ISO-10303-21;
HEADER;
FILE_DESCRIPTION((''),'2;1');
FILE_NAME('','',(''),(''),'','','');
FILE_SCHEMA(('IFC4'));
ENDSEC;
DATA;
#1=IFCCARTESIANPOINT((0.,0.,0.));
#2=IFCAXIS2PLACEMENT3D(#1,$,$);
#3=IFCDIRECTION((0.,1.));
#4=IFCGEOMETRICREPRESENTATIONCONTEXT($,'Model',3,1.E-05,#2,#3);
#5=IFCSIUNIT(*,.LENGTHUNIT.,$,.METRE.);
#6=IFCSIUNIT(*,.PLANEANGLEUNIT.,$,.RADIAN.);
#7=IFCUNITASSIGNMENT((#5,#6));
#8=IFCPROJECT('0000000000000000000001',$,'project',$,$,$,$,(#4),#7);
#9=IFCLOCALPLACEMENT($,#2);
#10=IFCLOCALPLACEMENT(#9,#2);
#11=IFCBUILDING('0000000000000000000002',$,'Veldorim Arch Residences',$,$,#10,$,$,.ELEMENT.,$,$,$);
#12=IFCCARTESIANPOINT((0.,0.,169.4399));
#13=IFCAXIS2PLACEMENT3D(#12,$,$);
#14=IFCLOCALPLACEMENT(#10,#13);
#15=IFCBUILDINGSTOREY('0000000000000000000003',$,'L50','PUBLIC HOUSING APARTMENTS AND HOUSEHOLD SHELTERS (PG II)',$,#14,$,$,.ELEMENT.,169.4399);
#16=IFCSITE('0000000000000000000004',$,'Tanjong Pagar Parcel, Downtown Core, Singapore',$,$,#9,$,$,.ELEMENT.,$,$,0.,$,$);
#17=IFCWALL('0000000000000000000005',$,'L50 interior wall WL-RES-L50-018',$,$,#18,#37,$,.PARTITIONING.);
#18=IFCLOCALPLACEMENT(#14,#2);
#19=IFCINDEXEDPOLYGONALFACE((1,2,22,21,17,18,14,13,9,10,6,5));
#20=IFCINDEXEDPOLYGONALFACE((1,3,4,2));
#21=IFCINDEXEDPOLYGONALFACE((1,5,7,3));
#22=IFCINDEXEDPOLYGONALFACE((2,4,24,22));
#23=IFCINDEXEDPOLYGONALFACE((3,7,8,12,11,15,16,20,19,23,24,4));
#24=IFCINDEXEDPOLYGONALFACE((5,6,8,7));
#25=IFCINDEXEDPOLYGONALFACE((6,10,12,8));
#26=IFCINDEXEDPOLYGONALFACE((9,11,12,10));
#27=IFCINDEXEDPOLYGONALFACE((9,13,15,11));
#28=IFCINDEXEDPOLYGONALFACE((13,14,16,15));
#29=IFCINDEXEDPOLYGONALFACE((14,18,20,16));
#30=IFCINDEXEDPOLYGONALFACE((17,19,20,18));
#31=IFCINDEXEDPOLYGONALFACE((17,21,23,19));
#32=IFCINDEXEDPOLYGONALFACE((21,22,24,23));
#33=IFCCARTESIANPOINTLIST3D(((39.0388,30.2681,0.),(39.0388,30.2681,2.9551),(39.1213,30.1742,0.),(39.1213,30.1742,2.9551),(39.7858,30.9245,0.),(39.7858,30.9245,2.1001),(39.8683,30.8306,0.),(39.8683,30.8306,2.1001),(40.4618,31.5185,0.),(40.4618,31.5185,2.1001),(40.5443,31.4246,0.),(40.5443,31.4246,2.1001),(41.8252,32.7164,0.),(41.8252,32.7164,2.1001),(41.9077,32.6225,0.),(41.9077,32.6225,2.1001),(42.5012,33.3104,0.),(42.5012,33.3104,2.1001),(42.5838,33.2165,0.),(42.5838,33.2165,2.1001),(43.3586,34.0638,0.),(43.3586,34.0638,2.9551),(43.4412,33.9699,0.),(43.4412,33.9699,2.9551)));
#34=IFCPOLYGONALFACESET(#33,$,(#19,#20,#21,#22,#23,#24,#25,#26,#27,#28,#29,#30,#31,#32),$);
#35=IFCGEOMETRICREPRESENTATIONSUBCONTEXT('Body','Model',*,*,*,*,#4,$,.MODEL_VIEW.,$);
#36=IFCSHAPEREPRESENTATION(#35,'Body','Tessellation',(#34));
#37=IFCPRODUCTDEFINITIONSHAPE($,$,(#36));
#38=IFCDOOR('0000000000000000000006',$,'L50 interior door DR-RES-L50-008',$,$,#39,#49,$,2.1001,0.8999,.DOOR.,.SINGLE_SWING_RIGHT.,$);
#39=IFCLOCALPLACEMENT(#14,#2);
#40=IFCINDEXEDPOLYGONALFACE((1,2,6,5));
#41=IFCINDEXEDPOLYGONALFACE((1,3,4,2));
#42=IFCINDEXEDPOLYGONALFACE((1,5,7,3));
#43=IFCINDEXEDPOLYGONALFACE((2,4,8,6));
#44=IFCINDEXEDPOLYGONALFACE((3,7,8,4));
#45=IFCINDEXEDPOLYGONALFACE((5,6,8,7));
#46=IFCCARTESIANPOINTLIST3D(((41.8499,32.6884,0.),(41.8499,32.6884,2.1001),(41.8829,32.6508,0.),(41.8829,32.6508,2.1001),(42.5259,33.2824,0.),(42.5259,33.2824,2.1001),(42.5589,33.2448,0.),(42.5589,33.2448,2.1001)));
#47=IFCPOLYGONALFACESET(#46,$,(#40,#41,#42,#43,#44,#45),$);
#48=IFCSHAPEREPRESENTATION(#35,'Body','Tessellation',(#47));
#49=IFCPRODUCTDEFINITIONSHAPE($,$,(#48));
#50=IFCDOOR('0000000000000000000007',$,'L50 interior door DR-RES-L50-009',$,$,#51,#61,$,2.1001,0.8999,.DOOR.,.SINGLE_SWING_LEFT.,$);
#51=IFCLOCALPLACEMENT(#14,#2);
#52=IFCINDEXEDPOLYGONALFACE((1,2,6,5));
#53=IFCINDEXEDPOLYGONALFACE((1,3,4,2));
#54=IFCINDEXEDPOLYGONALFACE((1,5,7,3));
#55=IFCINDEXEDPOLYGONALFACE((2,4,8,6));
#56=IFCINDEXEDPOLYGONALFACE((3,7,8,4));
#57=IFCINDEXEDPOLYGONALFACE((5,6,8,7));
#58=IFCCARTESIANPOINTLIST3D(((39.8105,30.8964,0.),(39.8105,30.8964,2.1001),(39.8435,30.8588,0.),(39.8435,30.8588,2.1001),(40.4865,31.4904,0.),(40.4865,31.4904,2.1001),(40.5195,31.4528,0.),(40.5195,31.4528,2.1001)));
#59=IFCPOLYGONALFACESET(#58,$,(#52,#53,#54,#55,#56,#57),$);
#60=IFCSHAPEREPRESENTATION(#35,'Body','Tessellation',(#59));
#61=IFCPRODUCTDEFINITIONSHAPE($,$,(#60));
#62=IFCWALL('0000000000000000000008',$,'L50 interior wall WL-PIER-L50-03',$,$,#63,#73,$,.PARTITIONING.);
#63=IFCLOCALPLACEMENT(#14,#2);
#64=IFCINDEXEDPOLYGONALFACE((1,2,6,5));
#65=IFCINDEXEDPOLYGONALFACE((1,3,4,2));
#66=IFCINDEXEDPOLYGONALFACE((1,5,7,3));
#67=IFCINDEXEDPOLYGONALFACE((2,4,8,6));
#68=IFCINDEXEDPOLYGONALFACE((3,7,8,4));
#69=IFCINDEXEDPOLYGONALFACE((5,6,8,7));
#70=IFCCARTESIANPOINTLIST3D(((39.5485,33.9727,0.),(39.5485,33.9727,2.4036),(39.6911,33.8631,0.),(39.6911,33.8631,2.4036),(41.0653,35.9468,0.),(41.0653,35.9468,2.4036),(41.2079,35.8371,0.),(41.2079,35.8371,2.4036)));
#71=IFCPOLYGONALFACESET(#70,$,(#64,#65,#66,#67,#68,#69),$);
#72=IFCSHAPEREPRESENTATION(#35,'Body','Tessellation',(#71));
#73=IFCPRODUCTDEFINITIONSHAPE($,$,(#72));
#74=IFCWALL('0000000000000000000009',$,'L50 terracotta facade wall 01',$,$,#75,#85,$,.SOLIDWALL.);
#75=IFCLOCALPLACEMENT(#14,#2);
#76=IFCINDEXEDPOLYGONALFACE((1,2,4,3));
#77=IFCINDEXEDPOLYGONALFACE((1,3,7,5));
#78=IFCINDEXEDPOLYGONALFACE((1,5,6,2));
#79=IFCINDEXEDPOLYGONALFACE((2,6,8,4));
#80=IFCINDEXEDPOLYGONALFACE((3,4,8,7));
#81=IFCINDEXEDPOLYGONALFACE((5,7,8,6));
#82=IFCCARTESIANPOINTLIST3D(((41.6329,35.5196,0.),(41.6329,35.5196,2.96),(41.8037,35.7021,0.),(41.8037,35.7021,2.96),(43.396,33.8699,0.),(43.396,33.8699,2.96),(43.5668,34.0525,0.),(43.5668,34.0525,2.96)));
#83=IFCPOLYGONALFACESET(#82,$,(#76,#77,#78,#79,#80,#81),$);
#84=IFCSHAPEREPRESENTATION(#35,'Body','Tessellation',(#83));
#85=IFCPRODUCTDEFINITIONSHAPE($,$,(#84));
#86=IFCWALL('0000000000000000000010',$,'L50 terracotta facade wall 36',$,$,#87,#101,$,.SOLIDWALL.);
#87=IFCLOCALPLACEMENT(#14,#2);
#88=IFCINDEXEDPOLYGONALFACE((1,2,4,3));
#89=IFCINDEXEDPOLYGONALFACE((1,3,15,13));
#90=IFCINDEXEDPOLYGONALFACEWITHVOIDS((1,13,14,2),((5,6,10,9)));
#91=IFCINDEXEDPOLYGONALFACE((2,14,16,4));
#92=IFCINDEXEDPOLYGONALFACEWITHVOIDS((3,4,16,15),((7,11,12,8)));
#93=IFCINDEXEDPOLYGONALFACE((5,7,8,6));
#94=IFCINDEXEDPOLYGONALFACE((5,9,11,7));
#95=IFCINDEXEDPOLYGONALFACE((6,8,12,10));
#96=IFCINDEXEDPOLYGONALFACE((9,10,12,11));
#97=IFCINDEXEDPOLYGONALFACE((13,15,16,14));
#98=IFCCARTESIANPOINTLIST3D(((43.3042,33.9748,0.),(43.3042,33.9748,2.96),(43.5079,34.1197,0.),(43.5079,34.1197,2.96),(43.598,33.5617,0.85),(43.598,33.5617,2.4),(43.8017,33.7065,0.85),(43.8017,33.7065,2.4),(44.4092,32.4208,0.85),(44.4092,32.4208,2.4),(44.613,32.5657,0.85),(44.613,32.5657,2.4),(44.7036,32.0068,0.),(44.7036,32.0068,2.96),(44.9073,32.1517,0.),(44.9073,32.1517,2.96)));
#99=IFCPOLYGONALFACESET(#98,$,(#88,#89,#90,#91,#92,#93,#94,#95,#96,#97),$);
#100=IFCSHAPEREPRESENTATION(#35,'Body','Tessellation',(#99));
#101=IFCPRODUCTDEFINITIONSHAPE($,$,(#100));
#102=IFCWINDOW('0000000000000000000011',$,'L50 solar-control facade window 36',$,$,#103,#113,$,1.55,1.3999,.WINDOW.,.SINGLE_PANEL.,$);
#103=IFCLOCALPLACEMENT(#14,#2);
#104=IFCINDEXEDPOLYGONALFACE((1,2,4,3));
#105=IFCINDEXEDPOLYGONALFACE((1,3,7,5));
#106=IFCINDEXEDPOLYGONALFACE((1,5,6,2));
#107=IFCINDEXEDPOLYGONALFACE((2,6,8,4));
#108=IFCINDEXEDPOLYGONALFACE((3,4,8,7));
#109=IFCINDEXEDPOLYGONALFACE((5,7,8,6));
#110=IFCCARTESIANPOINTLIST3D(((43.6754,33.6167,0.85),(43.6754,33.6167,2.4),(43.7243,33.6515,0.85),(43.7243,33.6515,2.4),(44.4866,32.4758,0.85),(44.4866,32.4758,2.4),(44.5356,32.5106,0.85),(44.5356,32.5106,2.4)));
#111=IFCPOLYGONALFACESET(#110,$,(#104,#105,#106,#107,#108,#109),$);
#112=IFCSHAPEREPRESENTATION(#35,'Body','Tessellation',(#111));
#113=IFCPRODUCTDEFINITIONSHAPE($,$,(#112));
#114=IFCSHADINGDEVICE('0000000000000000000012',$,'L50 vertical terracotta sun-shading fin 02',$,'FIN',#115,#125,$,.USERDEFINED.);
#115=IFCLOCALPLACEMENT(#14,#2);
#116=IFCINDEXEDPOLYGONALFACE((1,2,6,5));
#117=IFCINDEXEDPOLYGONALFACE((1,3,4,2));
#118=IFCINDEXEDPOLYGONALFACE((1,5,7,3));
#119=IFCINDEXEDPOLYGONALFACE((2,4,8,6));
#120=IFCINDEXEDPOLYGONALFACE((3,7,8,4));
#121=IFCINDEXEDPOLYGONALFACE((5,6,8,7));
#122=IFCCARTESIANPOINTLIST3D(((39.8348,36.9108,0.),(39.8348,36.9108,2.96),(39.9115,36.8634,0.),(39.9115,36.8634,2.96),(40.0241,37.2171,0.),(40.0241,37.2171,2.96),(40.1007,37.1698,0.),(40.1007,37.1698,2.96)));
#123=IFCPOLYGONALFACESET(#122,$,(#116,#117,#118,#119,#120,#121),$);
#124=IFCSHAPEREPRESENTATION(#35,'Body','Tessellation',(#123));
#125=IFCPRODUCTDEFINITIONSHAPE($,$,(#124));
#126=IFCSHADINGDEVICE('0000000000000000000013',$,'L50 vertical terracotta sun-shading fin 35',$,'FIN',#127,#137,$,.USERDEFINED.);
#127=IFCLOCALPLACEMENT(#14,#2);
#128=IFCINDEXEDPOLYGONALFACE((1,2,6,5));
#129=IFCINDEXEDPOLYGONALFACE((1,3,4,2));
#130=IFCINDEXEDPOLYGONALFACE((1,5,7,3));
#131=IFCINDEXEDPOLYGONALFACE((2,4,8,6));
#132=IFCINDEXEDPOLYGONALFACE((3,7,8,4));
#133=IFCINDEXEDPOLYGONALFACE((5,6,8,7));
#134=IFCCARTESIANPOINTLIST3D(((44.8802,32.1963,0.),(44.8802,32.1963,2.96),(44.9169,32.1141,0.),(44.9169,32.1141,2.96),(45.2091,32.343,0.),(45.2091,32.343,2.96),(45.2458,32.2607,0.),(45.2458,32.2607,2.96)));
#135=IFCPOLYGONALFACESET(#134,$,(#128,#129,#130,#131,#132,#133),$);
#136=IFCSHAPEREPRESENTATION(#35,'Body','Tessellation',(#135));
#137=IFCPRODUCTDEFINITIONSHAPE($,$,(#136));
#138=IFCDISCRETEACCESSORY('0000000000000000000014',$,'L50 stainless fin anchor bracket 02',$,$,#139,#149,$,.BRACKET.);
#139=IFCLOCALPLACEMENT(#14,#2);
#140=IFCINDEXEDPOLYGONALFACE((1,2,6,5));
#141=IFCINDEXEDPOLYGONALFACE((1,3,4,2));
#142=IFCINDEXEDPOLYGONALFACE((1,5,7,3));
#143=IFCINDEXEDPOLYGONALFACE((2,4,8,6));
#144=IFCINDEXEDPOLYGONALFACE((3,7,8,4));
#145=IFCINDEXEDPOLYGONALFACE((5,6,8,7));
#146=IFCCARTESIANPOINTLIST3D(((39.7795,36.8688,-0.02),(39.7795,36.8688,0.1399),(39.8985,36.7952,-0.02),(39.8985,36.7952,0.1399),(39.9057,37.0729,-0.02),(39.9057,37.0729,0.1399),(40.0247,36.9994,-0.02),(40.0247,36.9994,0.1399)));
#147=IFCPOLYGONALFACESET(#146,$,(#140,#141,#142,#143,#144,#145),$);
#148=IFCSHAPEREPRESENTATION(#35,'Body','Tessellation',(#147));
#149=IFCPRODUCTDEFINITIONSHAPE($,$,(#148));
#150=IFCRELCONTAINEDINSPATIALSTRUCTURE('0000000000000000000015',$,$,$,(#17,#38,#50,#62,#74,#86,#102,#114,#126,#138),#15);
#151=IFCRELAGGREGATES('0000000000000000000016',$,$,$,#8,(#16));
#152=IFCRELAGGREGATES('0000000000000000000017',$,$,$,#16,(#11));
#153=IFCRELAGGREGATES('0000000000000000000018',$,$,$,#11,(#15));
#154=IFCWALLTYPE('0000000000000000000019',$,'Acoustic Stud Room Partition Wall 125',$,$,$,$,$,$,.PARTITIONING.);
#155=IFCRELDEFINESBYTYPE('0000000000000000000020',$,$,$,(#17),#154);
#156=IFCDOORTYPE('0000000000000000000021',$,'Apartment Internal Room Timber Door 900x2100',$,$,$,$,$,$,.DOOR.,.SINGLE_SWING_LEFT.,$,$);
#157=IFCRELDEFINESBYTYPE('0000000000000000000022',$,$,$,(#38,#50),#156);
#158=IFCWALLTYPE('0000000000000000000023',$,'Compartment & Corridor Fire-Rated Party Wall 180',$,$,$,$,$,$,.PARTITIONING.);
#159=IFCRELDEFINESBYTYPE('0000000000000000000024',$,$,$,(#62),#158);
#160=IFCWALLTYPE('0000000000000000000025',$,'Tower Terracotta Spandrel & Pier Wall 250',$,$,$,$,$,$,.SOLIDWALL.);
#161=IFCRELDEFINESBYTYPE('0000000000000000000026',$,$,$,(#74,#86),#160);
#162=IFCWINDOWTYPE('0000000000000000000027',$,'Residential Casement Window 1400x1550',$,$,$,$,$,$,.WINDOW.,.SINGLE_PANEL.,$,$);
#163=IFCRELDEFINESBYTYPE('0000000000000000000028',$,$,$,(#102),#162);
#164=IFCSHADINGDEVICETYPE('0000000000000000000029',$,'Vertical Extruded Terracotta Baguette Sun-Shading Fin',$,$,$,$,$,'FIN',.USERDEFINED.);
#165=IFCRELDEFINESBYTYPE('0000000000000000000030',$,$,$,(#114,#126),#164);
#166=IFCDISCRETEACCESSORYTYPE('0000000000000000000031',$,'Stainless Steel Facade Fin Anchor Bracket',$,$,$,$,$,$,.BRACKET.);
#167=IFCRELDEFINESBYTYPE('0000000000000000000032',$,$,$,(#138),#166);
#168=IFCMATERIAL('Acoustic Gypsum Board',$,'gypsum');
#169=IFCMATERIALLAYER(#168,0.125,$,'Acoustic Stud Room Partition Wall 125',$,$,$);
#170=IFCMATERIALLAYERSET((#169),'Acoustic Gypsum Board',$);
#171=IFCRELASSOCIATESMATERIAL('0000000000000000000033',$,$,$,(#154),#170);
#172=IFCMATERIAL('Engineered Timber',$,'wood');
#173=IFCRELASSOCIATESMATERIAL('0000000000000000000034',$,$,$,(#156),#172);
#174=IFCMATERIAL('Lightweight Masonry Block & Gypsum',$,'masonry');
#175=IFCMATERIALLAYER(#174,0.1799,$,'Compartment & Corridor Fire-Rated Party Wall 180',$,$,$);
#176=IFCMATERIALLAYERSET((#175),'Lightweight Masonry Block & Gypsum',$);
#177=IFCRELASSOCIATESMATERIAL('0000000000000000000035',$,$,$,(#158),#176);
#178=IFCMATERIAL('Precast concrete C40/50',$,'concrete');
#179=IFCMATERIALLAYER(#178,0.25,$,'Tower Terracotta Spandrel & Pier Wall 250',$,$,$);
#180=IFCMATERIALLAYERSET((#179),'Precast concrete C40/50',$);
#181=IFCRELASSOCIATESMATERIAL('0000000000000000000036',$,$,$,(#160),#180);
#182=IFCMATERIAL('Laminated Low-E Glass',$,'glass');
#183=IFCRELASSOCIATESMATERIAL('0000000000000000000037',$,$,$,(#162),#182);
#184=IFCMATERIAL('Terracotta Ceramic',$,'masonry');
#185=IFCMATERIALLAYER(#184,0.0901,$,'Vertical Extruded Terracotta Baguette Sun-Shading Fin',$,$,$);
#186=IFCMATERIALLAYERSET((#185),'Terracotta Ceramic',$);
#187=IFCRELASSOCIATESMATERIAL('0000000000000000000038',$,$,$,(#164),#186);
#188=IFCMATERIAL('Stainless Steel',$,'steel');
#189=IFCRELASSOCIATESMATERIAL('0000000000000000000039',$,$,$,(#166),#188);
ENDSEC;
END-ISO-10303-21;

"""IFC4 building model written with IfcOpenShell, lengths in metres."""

from ifc_helpers import new_model, si_unit, direction, frame, frame_2d, origin, origin_2d, place, context, subcontext, project, spatial, rectangle, extrude, material, layer, layer_set, type_object, element, fill, save


model = new_model("IFC4")

# Units and contexts
model_context = context("Model", 3, precision=1e-05, world=origin(), true_north=direction((0.0, 1.0)))
body_context = subcontext(model_context, "Body", "Model", "MODEL_VIEW")
ifc_project = project(units=[si_unit("LENGTHUNIT", "METRE"), si_unit("PLANEANGLEUNIT", "RADIAN")], contexts=[model_context])

# Site, building, storey
site_placement = place(None, origin())
site = spatial("IfcSite", under=ifc_project, at=site_placement, Name="Tanjong Pagar Parcel, Downtown Core, Singapore", CompositionType="ELEMENT", RefElevation=0.0)
building_placement = place(site_placement, origin())
building = spatial("IfcBuilding", under=site, at=building_placement, Name="Veldorim Arch Residences", CompositionType="ELEMENT")
storey_placement = place(building_placement, frame((0.0, 0.0, 169.4399)))
storey = spatial("IfcBuildingStorey", under=building, at=storey_placement, Name="L50", Description="PUBLIC HOUSING APARTMENTS AND HOUSEHOLD SHELTERS (PG II)", CompositionType="ELEMENT", Elevation=169.4399)

# Wall, openings, doors
ifc_material_1 = material(Name="Acoustic Gypsum Board", Category="gypsum")
ifc_layer_1 = layer(ifc_material_1, 0.125, Name="Acoustic Stud Room Partition Wall 125")
ifc_layer_set_1 = layer_set([ifc_layer_1], Name="Acoustic Gypsum Board")
wall_type_1 = type_object("IfcWallType", Name="Acoustic Stud Room Partition Wall 125", PredefinedType="PARTITIONING", material=ifc_layer_set_1)
wall_1_placement = place(storey_placement, frame((43.3999, 34.0168, 0.0), z_axis=(0.0, 0.0, 1.0), x_axis=(-0.751213, -0.66006, 0.0)))
wall_1 = element("IfcWall", 1, at=wall_1_placement, inside=storey, type_object=wall_type_1, Name="L50 interior wall WL-RES-L50-018", PredefinedType="PARTITIONING", context=body_context, shape_type="SweptSolid", body=[
    extrude(rectangle(XDim=5.7505, YDim=0.125, at=frame_2d((2.8752, 0.0))), origin(), (0.0, 0.0, 1.0), 2.9551),
])
opening_1_placement = place(wall_1_placement, frame((1.1414, 0.0, 0.0)))
opening_1 = element("IfcOpeningElement", 2, at=opening_1_placement, cuts=wall_1, PredefinedType="OPENING", context=body_context, shape_type="SweptSolid", body=[
    extrude(rectangle(XDim=0.8999, YDim=2.1001, at=frame_2d((0.45, 1.05))), frame((0.0, 0.0725, 0.0), z_axis=(0.0, -1.0, 0.0), x_axis=(1.0, 0.0, 0.0)), (0.0, 0.0, 1.0), 0.145),
])
opening_2_placement = place(wall_1_placement, frame((3.8562, 0.0, 0.0)))
opening_2 = element("IfcOpeningElement", 3, at=opening_2_placement, cuts=wall_1, PredefinedType="OPENING", context=body_context, shape_type="SweptSolid", body=[
    extrude(rectangle(XDim=0.8999, YDim=2.1001, at=frame_2d((0.45, 1.05))), frame((0.0, 0.0725, 0.0), z_axis=(0.0, -1.0, 0.0), x_axis=(1.0, 0.0, 0.0)), (0.0, 0.0, 1.0), 0.145),
])
ifc_material_2 = material(Name="Engineered Timber", Category="wood")
door_type = type_object("IfcDoorType", Name="Apartment Internal Room Timber Door 900x2100", OperationType="SINGLE_SWING_LEFT", PredefinedType="DOOR", material=ifc_material_2)
door_1_placement = place(opening_1_placement, origin())
door_1 = element("IfcDoor", 4, at=door_1_placement, inside=storey, type_object=door_type, Name="L50 interior door DR-RES-L50-008", OperationType="SINGLE_SWING_RIGHT", OverallHeight=2.1001, OverallWidth=0.8999, PredefinedType="DOOR", context=body_context, shape_type="SweptSolid", body=[
    extrude(rectangle(XDim=0.8999, YDim=2.1001, at=frame_2d((0.45, 1.05))), frame((0.0, 0.0249, 0.0), z_axis=(0.0, -1.0, 0.0), x_axis=(1.0, 0.0, 0.0)), (0.0, 0.0, 1.0), 0.05),
])
fill(opening_1, door_1)
door_2_placement = place(opening_2_placement, origin())
door_2 = element("IfcDoor", 5, at=door_2_placement, inside=storey, type_object=door_type, Name="L50 interior door DR-RES-L50-009", OperationType="SINGLE_SWING_LEFT", OverallHeight=2.1001, OverallWidth=0.8999, PredefinedType="DOOR", context=body_context, shape_type="SweptSolid", body=[
    extrude(rectangle(XDim=0.8999, YDim=2.1001, at=frame_2d((0.45, 1.05))), frame((0.0, 0.0249, 0.0), z_axis=(0.0, -1.0, 0.0), x_axis=(1.0, 0.0, 0.0)), (0.0, 0.0, 1.0), 0.05),
])
fill(opening_2, door_2)

# Walls
ifc_material_3 = material(Name="Lightweight Masonry Block & Gypsum", Category="masonry")
ifc_layer_2 = layer(ifc_material_3, 0.1799, Name="Compartment & Corridor Fire-Rated Party Wall 180")
ifc_layer_set_2 = layer_set([ifc_layer_2], Name="Lightweight Masonry Block & Gypsum")
wall_type_2 = type_object("IfcWallType", Name="Compartment & Corridor Fire-Rated Party Wall 180", PredefinedType="PARTITIONING", material=ifc_layer_set_2)
wall_2_placement = place(storey_placement, frame((39.6199, 33.918, 0.0), z_axis=(0.0, 0.0, 1.0), x_axis=(0.609279, 0.792956, 0.0)))
element("IfcWall", 6, at=wall_2_placement, inside=storey, type_object=wall_type_2, Name="L50 interior wall WL-PIER-L50-03", PredefinedType="PARTITIONING", context=body_context, shape_type="SweptSolid", body=[
    extrude(rectangle(XDim=2.4895, YDim=0.1799, at=frame_2d((1.2446, 0.0))), origin(), (0.0, 0.0, 1.0), 2.4036),
])
ifc_material_4 = material(Name="Precast concrete C40/50", Category="concrete")
ifc_layer_3 = layer(ifc_material_4, 0.25, Name="Tower Terracotta Spandrel & Pier Wall 250")
ifc_layer_set_3 = layer_set([ifc_layer_3], Name="Precast concrete C40/50")
wall_type_3 = type_object("IfcWallType", Name="Tower Terracotta Spandrel & Pier Wall 250", PredefinedType="SOLIDWALL", material=ifc_layer_set_3)
wall_3_placement = place(storey_placement, frame((41.7183, 35.6108, 0.0), z_axis=(0.0, 0.0, 1.0), x_axis=(0.730224, -0.683208, 0.0)))
element("IfcWall", 7, at=wall_3_placement, inside=storey, type_object=wall_type_3, Name="L50 terracotta facade wall 01", PredefinedType="SOLIDWALL", context=body_context, shape_type="SweptSolid", body=[
    extrude(rectangle(XDim=2.4146, YDim=0.25, at=frame_2d((1.2073, 0.0))), origin(), (0.0, 0.0, 1.0), 2.96),
])

# Wall, opening, window
wall_4_placement = place(storey_placement, frame((43.406, 34.0474, 0.0), z_axis=(0.0, 0.0, 1.0), x_axis=(0.579506, -0.814968, 0.0)))
wall_4 = element("IfcWall", 8, at=wall_4_placement, inside=storey, type_object=wall_type_3, Name="L50 terracotta facade wall 36", PredefinedType="SOLIDWALL", context=body_context, shape_type="SweptSolid", body=[
    extrude(rectangle(XDim=2.4148, YDim=0.25, at=frame_2d((1.2075, 0.0))), origin(), (0.0, 0.0, 1.0), 2.96),
])
opening_3_placement = place(wall_4_placement, frame((0.5071, 0.0, 0.8501)))
opening_3 = element("IfcOpeningElement", 9, at=opening_3_placement, cuts=wall_4, PredefinedType="OPENING", context=body_context, shape_type="SweptSolid", body=[
    extrude(rectangle(XDim=1.3999, YDim=1.55, at=frame_2d((0.7, 0.7749))), frame((0.0, 0.135, 0.0), z_axis=(0.0, -1.0, 0.0), x_axis=(1.0, 0.0, 0.0)), (0.0, 0.0, 1.0), 0.27),
])
ifc_material_5 = material(Name="Laminated Low-E Glass", Category="glass")
window_type = type_object("IfcWindowType", Name="Residential Casement Window 1400x1550", PartitioningType="SINGLE_PANEL", PredefinedType="WINDOW", material=ifc_material_5)
window_placement = place(opening_3_placement, origin())
window = element("IfcWindow", 10, at=window_placement, inside=storey, type_object=window_type, Name="L50 solar-control facade window 36", OverallHeight=1.55, OverallWidth=1.3999, PartitioningType="SINGLE_PANEL", PredefinedType="WINDOW", context=body_context, shape_type="SweptSolid", body=[
    extrude(rectangle(XDim=1.3999, YDim=1.55, at=frame_2d((0.7, 0.7749))), frame((0.0, 0.03, 0.0), z_axis=(0.0, -1.0, 0.0), x_axis=(1.0, 0.0, 0.0)), (0.0, 0.0, 1.0), 0.0601),
])
fill(opening_3, window)

# Shading devices
ifc_material_6 = material(Name="Terracotta Ceramic", Category="masonry")
ifc_layer_4 = layer(ifc_material_6, 0.0901, Name="Vertical Extruded Terracotta Baguette Sun-Shading Fin")
ifc_layer_set_4 = layer_set([ifc_layer_4], Name="Terracotta Ceramic")
shading_device_type = type_object("IfcShadingDeviceType", Name="Vertical Extruded Terracotta Baguette Sun-Shading Fin", ElementType="FIN", PredefinedType="USERDEFINED", material=ifc_layer_set_4)
for number, where, z_axis, x_axis, name in (
    (11, (39.9678, 37.0403, 0.0), (0.0, 0.0, 1.0), (0.850719, -0.52562, 0.0), "L50 vertical terracotta sun-shading fin 02"),
    (12, (45.063, 32.2285, 0.0), (0.0, 0.0, 1.0), (0.407215, -0.913332, 0.0), "L50 vertical terracotta sun-shading fin 35"),
):
    element("IfcShadingDevice", number, at=place(storey_placement, frame(where, z_axis=z_axis, x_axis=x_axis)), inside=storey, type_object=shading_device_type, Name=name, ObjectType="FIN", PredefinedType="USERDEFINED", context=body_context, shape_type="SweptSolid", body=[
        extrude(rectangle(XDim=0.0901, YDim=0.3601, at=origin_2d()), origin(), (0.0, 0.0, 1.0), 2.96),
    ])

# Discrete accessory
ifc_material_7 = material(Name="Stainless Steel", Category="steel")
discrete_accessory_type = type_object("IfcDiscreteAccessoryType", Name="Stainless Steel Facade Fin Anchor Bracket", PredefinedType="BRACKET", material=ifc_material_7)
discrete_accessory_placement = place(storey_placement, frame((39.9021, 36.9341, -0.02), z_axis=(0.0, 0.0, 1.0), x_axis=(0.850719, -0.52562, 0.0)))
element("IfcDiscreteAccessory", 13, at=discrete_accessory_placement, inside=storey, type_object=discrete_accessory_type, Name="L50 stainless fin anchor bracket 02", PredefinedType="BRACKET", context=body_context, shape_type="SweptSolid", body=[
    extrude(rectangle(XDim=0.1399, YDim=0.24, at=origin_2d()), origin(), (0.0, 0.0, 1.0), 0.1599),
])

save(model, "model.ifc")
